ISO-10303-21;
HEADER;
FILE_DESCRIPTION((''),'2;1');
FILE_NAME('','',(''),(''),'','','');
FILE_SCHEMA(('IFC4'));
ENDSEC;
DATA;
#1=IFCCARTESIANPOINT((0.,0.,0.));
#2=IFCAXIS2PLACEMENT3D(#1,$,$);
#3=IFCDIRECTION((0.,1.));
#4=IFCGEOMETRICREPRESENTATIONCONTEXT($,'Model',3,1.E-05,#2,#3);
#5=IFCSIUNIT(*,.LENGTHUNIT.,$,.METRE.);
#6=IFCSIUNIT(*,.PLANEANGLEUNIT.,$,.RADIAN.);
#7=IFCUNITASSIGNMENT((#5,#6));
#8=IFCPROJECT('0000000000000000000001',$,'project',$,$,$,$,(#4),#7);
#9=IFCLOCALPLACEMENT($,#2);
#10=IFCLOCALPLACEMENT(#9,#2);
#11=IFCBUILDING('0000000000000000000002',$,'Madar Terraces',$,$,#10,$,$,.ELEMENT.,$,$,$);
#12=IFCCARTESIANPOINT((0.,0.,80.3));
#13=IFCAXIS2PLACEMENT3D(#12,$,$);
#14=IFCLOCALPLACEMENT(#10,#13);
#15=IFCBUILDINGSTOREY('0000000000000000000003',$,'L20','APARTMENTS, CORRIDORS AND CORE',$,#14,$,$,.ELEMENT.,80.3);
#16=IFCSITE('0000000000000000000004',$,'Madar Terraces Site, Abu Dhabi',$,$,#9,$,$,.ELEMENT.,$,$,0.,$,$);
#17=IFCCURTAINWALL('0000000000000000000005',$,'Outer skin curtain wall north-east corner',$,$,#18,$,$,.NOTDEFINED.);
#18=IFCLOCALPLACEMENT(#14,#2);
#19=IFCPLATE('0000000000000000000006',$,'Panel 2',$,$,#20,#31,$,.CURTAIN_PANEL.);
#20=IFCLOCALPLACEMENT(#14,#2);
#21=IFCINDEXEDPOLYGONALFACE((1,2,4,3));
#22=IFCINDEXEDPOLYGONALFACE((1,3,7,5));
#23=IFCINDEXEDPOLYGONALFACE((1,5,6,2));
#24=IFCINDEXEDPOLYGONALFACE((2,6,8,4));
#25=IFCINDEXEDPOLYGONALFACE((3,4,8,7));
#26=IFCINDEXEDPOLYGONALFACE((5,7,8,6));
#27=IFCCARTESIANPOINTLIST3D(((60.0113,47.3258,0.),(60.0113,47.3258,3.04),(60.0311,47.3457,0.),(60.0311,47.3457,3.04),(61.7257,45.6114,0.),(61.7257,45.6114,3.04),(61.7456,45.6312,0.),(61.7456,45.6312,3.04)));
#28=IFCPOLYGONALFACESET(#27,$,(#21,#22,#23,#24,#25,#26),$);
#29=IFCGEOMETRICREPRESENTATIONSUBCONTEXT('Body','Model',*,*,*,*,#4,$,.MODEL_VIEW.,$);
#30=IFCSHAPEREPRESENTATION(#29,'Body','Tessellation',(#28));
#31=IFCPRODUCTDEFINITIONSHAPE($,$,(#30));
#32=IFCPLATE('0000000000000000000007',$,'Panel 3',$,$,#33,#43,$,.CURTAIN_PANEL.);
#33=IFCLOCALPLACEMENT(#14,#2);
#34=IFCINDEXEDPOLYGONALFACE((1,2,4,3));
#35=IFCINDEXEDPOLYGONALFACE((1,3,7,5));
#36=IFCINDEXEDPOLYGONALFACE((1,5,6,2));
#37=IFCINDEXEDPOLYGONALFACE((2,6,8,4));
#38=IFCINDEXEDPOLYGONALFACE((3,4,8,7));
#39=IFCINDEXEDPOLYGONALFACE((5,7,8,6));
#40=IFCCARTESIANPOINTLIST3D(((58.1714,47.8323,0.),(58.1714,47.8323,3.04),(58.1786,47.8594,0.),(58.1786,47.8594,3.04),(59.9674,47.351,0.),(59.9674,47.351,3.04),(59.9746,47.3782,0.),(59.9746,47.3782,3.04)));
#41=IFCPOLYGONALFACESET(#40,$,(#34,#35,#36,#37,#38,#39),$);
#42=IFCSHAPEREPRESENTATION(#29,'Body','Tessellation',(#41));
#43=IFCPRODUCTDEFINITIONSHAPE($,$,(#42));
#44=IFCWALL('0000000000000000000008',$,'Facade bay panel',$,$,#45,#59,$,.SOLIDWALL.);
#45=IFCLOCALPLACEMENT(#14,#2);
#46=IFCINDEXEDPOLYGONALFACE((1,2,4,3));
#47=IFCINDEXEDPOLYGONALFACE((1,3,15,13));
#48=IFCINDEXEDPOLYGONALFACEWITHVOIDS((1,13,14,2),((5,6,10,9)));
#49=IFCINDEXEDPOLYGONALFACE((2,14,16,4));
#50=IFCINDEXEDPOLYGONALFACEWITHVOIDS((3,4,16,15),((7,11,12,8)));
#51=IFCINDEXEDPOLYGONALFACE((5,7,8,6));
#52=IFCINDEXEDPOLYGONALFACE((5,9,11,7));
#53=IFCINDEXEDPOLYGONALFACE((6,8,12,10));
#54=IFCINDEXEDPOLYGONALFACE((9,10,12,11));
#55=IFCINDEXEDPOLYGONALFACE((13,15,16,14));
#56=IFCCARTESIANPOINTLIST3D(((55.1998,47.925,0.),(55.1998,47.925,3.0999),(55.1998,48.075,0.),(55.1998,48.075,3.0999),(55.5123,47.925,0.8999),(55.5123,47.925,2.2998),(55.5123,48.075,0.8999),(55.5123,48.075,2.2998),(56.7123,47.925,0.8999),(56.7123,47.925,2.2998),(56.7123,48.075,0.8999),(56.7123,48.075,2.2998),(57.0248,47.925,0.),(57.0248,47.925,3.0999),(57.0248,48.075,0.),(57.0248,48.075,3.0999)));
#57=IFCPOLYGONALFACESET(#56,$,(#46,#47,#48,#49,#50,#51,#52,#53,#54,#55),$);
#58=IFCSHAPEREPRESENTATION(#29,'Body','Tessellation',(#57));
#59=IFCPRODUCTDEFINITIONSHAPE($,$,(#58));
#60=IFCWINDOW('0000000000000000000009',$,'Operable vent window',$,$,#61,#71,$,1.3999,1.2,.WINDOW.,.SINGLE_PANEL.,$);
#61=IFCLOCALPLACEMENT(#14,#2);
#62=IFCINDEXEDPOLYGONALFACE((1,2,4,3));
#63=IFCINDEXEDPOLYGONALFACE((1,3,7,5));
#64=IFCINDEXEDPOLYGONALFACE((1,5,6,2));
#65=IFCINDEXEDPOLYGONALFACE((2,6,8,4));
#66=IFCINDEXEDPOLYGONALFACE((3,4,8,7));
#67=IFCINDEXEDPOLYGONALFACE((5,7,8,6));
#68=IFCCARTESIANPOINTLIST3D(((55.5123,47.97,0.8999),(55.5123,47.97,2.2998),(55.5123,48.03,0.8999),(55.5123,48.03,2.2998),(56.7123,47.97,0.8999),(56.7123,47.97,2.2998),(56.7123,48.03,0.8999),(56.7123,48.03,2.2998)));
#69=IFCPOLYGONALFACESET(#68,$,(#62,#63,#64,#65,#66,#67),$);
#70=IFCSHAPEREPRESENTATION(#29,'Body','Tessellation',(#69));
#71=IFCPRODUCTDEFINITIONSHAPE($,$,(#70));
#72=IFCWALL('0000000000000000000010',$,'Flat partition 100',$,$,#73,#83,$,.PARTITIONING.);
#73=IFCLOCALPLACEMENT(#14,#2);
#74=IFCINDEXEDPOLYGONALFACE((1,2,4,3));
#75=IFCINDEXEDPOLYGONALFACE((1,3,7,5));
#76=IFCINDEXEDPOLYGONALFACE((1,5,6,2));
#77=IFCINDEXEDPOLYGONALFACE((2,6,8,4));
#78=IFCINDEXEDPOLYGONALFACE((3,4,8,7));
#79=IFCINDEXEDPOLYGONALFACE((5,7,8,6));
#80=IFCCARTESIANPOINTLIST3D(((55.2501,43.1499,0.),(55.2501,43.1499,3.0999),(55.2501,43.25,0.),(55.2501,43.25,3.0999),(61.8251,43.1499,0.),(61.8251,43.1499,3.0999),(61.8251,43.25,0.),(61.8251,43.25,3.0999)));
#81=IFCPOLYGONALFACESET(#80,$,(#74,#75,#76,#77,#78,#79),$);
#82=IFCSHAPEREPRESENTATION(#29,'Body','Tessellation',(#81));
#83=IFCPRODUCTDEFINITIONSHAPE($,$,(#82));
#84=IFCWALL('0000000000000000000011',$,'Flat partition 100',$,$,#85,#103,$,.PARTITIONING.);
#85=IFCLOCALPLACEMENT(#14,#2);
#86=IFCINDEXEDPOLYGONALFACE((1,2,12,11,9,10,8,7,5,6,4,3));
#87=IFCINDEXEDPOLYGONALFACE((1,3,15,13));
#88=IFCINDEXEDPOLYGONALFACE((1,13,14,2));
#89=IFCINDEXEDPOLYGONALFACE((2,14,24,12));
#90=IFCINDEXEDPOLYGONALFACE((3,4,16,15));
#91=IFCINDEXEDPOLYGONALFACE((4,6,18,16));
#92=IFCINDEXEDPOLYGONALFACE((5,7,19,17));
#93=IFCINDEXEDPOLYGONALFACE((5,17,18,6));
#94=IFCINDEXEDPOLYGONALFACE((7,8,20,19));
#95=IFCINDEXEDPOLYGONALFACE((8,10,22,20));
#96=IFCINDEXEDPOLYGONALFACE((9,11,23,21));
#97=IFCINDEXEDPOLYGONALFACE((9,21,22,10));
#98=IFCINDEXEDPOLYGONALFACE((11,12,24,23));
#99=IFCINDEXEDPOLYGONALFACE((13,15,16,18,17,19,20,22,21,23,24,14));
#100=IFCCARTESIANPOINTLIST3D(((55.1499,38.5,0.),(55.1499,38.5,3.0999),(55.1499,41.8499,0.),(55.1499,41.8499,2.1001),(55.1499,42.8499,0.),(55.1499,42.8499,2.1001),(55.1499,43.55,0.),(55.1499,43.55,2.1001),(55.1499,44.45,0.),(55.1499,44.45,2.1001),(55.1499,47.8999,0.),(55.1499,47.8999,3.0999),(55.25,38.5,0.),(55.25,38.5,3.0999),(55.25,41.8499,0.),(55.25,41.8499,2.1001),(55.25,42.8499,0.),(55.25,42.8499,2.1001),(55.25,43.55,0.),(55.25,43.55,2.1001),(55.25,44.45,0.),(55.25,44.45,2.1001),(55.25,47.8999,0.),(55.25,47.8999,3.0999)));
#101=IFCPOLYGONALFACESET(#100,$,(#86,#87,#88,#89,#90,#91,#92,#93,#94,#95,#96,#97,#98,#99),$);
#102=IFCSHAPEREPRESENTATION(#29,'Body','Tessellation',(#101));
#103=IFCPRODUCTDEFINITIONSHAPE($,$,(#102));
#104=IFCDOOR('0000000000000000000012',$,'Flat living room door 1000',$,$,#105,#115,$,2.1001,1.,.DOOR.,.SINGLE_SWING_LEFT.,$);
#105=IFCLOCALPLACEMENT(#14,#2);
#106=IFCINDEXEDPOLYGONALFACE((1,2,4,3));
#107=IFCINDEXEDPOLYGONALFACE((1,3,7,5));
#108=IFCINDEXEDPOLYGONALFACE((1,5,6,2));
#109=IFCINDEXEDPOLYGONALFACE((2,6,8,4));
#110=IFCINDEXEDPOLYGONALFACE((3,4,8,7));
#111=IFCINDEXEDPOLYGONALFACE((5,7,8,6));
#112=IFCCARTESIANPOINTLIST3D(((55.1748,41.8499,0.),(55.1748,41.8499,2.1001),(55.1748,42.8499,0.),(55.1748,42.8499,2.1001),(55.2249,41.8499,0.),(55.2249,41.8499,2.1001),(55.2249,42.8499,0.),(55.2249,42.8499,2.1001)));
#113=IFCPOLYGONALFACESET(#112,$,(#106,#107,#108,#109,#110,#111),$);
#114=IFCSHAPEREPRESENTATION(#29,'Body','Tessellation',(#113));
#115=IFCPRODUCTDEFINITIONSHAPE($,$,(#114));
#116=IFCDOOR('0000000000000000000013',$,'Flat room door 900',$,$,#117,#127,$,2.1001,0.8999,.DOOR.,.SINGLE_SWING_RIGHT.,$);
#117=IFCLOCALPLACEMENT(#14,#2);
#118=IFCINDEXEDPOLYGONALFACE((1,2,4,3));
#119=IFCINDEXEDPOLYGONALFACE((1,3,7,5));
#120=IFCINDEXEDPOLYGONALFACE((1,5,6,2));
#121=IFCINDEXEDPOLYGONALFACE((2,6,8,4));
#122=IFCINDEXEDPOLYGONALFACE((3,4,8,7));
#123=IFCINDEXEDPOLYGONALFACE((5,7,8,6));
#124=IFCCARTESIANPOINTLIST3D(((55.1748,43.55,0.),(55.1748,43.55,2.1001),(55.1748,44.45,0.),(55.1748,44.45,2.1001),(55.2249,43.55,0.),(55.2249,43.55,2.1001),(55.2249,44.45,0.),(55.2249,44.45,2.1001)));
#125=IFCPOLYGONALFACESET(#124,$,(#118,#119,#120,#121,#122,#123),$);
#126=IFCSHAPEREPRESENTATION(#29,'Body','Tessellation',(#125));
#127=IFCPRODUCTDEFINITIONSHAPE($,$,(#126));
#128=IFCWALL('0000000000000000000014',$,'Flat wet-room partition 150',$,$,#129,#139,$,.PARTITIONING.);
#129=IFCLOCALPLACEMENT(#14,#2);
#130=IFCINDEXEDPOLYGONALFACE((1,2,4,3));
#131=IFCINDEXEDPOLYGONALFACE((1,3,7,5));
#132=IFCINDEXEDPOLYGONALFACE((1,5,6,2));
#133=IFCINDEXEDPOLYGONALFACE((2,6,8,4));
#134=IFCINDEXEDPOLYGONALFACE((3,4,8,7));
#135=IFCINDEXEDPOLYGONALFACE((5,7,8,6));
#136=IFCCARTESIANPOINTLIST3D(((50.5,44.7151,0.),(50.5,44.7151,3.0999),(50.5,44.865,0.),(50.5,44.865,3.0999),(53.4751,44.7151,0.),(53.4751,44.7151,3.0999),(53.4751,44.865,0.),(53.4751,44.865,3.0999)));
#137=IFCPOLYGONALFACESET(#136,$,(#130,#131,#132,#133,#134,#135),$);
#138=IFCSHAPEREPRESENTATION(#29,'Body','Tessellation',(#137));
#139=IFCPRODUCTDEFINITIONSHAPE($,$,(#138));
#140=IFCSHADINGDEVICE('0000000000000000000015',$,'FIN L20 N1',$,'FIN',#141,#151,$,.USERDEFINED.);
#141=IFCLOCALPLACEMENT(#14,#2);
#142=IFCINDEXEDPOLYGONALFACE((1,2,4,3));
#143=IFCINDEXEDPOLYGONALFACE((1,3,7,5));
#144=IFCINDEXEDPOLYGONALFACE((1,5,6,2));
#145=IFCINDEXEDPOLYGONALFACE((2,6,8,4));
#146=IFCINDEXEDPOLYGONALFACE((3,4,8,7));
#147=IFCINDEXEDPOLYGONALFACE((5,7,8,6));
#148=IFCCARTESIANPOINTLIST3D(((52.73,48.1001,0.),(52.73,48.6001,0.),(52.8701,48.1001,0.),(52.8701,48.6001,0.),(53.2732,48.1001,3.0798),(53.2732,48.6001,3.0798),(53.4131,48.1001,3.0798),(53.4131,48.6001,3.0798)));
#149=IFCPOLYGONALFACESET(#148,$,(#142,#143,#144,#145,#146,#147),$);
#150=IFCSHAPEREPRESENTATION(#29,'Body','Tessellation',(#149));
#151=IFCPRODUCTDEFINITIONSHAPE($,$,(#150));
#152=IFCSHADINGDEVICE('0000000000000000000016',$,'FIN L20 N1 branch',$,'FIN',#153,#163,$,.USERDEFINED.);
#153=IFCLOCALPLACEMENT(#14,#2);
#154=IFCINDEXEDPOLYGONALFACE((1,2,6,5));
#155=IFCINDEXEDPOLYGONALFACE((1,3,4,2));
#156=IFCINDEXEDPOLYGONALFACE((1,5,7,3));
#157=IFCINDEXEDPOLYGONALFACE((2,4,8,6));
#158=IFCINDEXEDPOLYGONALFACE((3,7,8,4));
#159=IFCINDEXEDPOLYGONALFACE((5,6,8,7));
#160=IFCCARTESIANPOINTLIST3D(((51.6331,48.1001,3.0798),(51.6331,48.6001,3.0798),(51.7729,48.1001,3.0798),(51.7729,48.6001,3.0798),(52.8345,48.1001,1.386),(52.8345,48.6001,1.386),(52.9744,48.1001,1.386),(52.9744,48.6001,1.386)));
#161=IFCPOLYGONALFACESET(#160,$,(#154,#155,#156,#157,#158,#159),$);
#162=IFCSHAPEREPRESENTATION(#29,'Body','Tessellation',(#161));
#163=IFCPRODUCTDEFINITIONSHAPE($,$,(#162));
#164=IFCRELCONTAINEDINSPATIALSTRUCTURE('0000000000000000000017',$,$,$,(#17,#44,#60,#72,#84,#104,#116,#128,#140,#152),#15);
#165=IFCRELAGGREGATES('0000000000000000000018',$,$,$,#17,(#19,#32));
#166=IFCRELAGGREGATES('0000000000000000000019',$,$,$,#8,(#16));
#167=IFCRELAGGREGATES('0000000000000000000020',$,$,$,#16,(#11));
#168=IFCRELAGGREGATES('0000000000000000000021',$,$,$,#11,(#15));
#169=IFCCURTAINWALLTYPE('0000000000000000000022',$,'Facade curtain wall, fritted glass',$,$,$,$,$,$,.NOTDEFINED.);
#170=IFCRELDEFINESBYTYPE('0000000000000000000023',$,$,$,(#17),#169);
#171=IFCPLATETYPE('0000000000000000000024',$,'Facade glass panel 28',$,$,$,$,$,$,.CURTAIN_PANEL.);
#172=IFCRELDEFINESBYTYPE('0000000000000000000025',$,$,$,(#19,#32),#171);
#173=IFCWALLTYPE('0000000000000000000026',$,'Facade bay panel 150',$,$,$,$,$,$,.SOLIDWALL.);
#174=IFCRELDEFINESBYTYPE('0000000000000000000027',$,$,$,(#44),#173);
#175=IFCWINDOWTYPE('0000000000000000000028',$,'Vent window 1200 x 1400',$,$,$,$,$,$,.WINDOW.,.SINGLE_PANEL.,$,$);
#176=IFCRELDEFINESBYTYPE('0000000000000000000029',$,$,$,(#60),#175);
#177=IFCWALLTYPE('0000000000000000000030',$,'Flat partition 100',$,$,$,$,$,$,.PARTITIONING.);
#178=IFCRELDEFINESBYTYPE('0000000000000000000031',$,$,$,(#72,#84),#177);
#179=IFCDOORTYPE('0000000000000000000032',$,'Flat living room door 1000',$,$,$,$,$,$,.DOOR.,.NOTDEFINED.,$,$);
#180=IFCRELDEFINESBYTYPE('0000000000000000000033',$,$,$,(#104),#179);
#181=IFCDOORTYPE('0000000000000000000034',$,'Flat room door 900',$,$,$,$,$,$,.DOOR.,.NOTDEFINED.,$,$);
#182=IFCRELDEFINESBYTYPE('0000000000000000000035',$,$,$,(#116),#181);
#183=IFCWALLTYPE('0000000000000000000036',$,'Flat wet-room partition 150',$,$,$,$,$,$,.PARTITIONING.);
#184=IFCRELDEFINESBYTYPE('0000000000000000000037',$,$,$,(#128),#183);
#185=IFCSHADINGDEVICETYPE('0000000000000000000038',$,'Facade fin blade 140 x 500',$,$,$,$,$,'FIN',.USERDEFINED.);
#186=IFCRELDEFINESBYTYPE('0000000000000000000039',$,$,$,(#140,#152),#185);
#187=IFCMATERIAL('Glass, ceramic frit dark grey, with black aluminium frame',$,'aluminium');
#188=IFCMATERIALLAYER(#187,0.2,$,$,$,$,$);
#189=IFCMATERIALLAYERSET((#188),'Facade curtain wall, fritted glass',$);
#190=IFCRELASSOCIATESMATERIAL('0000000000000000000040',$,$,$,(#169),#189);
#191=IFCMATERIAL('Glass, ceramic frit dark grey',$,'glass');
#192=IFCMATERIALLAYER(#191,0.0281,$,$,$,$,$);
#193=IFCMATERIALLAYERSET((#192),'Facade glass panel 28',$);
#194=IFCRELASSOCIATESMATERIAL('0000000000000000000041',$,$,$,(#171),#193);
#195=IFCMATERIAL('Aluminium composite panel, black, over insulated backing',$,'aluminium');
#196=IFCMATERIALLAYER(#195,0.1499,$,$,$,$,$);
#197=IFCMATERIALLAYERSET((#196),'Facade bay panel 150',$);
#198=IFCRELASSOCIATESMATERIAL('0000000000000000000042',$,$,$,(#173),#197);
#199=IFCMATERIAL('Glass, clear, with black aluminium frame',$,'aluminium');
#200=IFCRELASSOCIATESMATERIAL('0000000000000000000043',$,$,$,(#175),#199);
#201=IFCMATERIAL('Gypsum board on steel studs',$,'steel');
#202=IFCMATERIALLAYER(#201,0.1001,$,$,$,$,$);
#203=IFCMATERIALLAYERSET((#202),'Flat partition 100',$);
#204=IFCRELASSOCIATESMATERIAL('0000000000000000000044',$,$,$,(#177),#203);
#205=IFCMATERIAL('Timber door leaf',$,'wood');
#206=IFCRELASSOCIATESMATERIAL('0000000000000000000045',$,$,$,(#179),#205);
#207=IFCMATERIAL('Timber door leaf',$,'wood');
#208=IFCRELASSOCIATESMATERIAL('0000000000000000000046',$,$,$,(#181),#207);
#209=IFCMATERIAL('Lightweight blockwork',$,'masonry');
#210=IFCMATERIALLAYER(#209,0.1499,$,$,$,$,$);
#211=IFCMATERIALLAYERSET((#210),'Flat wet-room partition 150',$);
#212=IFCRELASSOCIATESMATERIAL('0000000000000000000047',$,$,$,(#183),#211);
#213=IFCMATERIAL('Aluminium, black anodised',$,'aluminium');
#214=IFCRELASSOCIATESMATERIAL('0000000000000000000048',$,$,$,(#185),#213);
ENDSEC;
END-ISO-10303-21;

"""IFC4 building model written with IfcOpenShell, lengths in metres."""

from ifc_helpers import new_model, si_unit, direction, frame, frame_2d, origin, origin_2d, place, context, subcontext, project, spatial, polyline, rectangle, outline, extrude, material, layer, layer_set, type_object, element, fill, aggregate, save


model = new_model("IFC4")

# Units and contexts
model_context = context("Model", 3, precision=1e-05, world=origin(), true_north=direction((0.0, 1.0)))
body_context = subcontext(model_context, "Body", "Model", "MODEL_VIEW")
ifc_project = project(units=[si_unit("LENGTHUNIT", "METRE"), si_unit("PLANEANGLEUNIT", "RADIAN")], contexts=[model_context])

# Site, building, storey
site_placement = place(None, origin())
site = spatial("IfcSite", under=ifc_project, at=site_placement, Name="Madar Terraces Site, Abu Dhabi", CompositionType="ELEMENT", RefElevation=0.0)
building_placement = place(site_placement, origin())
building = spatial("IfcBuilding", under=site, at=building_placement, Name="Madar Terraces", CompositionType="ELEMENT")
storey_placement = place(building_placement, frame((0.0, 0.0, 80.3)))
storey = spatial("IfcBuildingStorey", under=building, at=storey_placement, Name="L20", Description="APARTMENTS, CORRIDORS AND CORE", CompositionType="ELEMENT", Elevation=80.3)

# Shared definitions
ifc_material_1 = material(Name="Glass, ceramic frit dark grey, with black aluminium frame", Category="aluminium")
ifc_layer_1 = layer(ifc_material_1, 0.2)
ifc_layer_set_1 = layer_set([ifc_layer_1], Name="Facade curtain wall, fritted glass")
curtain_wall_type = type_object("IfcCurtainWallType", Name="Facade curtain wall, fritted glass", PredefinedType="NOTDEFINED", material=ifc_layer_set_1)

# Curtain wall
curtain_wall_1_placement = place(storey_placement, origin())
curtain_wall_1 = element("IfcCurtainWall", 1, at=curtain_wall_1_placement, inside=storey, type_object=curtain_wall_type, Name="Outer skin curtain wall north-east corner", PredefinedType="NOTDEFINED")

# Plates
ifc_material_2 = material(Name="Glass, ceramic frit dark grey", Category="glass")
ifc_layer_2 = layer(ifc_material_2, 0.0281)
ifc_layer_set_2 = layer_set([ifc_layer_2], Name="Facade glass panel 28")
plate_type = type_object("IfcPlateType", Name="Facade glass panel 28", PredefinedType="CURTAIN_PANEL", material=ifc_layer_set_2)
plate_1_placement = place(storey_placement, frame((60.8784, 46.4785, 0.0), z_axis=(0.0, 0.0, 1.0), x_axis=(-0.707107, 0.707107, 0.0)))
plate_1 = element("IfcPlate", 2, at=plate_1_placement, type_object=plate_type, Name="Panel 2", PredefinedType="CURTAIN_PANEL", context=body_context, shape_type="SweptSolid", body=[
    extrude(rectangle(XDim=2.4246, YDim=0.0281, at=origin_2d()), origin(), (0.0, 0.0, 1.0), 3.04),
])
plate_2_placement = place(storey_placement, frame((59.073, 47.6052, 0.0), z_axis=(0.0, 0.0, 1.0), x_axis=(-0.965926, 0.258819, 0.0)))
plate_2 = element("IfcPlate", 3, at=plate_2_placement, type_object=plate_type, Name="Panel 3", PredefinedType="CURTAIN_PANEL", context=body_context, shape_type="SweptSolid", body=[
    extrude(rectangle(XDim=1.8594, YDim=0.0281, at=origin_2d()), origin(), (0.0, 0.0, 1.0), 3.04),
])
aggregate(curtain_wall_1, [plate_1, plate_2])

# Wall, opening, window
ifc_material_3 = material(Name="Aluminium composite panel, black, over insulated backing", Category="aluminium")
ifc_layer_3 = layer(ifc_material_3, 0.1499)
ifc_layer_set_3 = layer_set([ifc_layer_3], Name="Facade bay panel 150")
wall_type_1 = type_object("IfcWallType", Name="Facade bay panel 150", PredefinedType="SOLIDWALL", material=ifc_layer_set_3)
wall_1_placement = place(storey_placement, frame((57.0249, 48.0, 0.0), z_axis=(0.0, 0.0, 1.0), x_axis=(-1.0, 0.0, 0.0)))
wall_1 = element("IfcWall", 4, at=wall_1_placement, inside=storey, type_object=wall_type_1, Name="Facade bay panel", PredefinedType="SOLIDWALL", context=body_context, shape_type="SweptSolid", body=[
    extrude(rectangle(XDim=1.825, YDim=0.1499, at=frame_2d((0.9126, 0.0))), origin(), (0.0, 0.0, 1.0), 3.0999),
])
opening_1_placement = place(wall_1_placement, frame((0.3125, 0.0, 0.8999)))
opening_1 = element("IfcOpeningElement", 5, at=opening_1_placement, cuts=wall_1, PredefinedType="OPENING", context=body_context, shape_type="SweptSolid", body=[
    extrude(rectangle(XDim=1.2, YDim=1.3999, at=frame_2d((0.6001, 0.7))), frame((0.0, 0.085, 0.0), z_axis=(0.0, -1.0, 0.0), x_axis=(1.0, 0.0, 0.0)), (0.0, 0.0, 1.0), 0.1699),
])
ifc_material_4 = material(Name="Glass, clear, with black aluminium frame", Category="aluminium")
window_type = type_object("IfcWindowType", Name="Vent window 1200 x 1400", PartitioningType="SINGLE_PANEL", PredefinedType="WINDOW", material=ifc_material_4)
window_placement = place(opening_1_placement, origin())
window = element("IfcWindow", 6, at=window_placement, inside=storey, type_object=window_type, Name="Operable vent window", OverallHeight=1.3999, OverallWidth=1.2, PartitioningType="SINGLE_PANEL", PredefinedType="WINDOW", context=body_context, shape_type="SweptSolid", body=[
    extrude(rectangle(XDim=1.2, YDim=1.3999, at=frame_2d((0.6001, 0.7))), frame((0.0, 0.03, 0.0), z_axis=(0.0, -1.0, 0.0), x_axis=(1.0, 0.0, 0.0)), (0.0, 0.0, 1.0), 0.0601),
])
fill(opening_1, window)

# Wall
ifc_material_5 = material(Name="Gypsum board on steel studs", Category="steel")
ifc_layer_4 = layer(ifc_material_5, 0.1001)
ifc_layer_set_4 = layer_set([ifc_layer_4], Name="Flat partition 100")
wall_type_2 = type_object("IfcWallType", Name="Flat partition 100", PredefinedType="PARTITIONING", material=ifc_layer_set_4)
wall_2_placement = place(storey_placement, frame((55.25, 43.2, 0.0), z_axis=(0.0, 0.0, 1.0), x_axis=(1.0, 0.0, 0.0)))
element("IfcWall", 7, at=wall_2_placement, inside=storey, type_object=wall_type_2, Name="Flat partition 100", PredefinedType="PARTITIONING", context=body_context, shape_type="SweptSolid", body=[
    extrude(rectangle(XDim=6.575, YDim=0.1001, at=frame_2d((3.2876, 0.0))), origin(), (0.0, 0.0, 1.0), 3.0999),
])

# Wall, openings, doors
wall_3_placement = place(storey_placement, frame((55.2, 47.8999, 0.0), z_axis=(0.0, 0.0, 1.0), x_axis=(0.0, -1.0, 0.0)))
wall_3 = element("IfcWall", 8, at=wall_3_placement, inside=storey, type_object=wall_type_2, Name="Flat partition 100", PredefinedType="PARTITIONING", context=body_context, shape_type="SweptSolid", body=[
    extrude(rectangle(XDim=9.3999, YDim=0.1001, at=frame_2d((4.7, 0.0))), origin(), (0.0, 0.0, 1.0), 3.0999),
])
opening_2_placement = place(wall_3_placement, frame((5.05, 0.0, 0.0)))
opening_2 = element("IfcOpeningElement", 9, at=opening_2_placement, cuts=wall_3, PredefinedType="OPENING", context=body_context, shape_type="SweptSolid", body=[
    extrude(rectangle(XDim=1.0, YDim=2.1001, at=frame_2d((0.5, 1.05))), frame((0.0, 0.0601, 0.0), z_axis=(0.0, -1.0, 0.0), x_axis=(1.0, 0.0, 0.0)), (0.0, 0.0, 1.0), 0.1201),
])
opening_3_placement = place(wall_3_placement, frame((3.45, 0.0, 0.0)))
opening_3 = element("IfcOpeningElement", 10, at=opening_3_placement, cuts=wall_3, PredefinedType="OPENING", context=body_context, shape_type="SweptSolid", body=[
    extrude(rectangle(XDim=0.8999, YDim=2.1001, at=frame_2d((0.45, 1.05))), frame((0.0, 0.0601, 0.0), z_axis=(0.0, -1.0, 0.0), x_axis=(1.0, 0.0, 0.0)), (0.0, 0.0, 1.0), 0.1201),
])
ifc_material_6 = material(Name="Timber door leaf", Category="wood")
door_type_1 = type_object("IfcDoorType", Name="Flat living room door 1000", OperationType="NOTDEFINED", PredefinedType="DOOR", material=ifc_material_6)
door_1_placement = place(opening_2_placement, origin())
door_1 = element("IfcDoor", 11, at=door_1_placement, inside=storey, type_object=door_type_1, Name="Flat living room door 1000", OperationType="SINGLE_SWING_LEFT", OverallHeight=2.1001, OverallWidth=1.0, PredefinedType="DOOR", context=body_context, shape_type="SweptSolid", body=[
    extrude(rectangle(XDim=1.0, YDim=2.1001, at=frame_2d((0.5, 1.05))), frame((0.0, 0.0249, 0.0), z_axis=(0.0, -1.0, 0.0), x_axis=(1.0, 0.0, 0.0)), (0.0, 0.0, 1.0), 0.05),
])
fill(opening_2, door_1)
ifc_material_7 = material(Name="Timber door leaf", Category="wood")
door_type_2 = type_object("IfcDoorType", Name="Flat room door 900", OperationType="NOTDEFINED", PredefinedType="DOOR", material=ifc_material_7)
door_2_placement = place(opening_3_placement, origin())
door_2 = element("IfcDoor", 12, at=door_2_placement, inside=storey, type_object=door_type_2, Name="Flat room door 900", OperationType="SINGLE_SWING_RIGHT", OverallHeight=2.1001, OverallWidth=0.8999, PredefinedType="DOOR", context=body_context, shape_type="SweptSolid", body=[
    extrude(rectangle(XDim=0.8999, YDim=2.1001, at=frame_2d((0.45, 1.05))), frame((0.0, 0.0249, 0.0), z_axis=(0.0, -1.0, 0.0), x_axis=(1.0, 0.0, 0.0)), (0.0, 0.0, 1.0), 0.05),
])
fill(opening_3, door_2)

# Wall
ifc_material_8 = material(Name="Lightweight blockwork", Category="masonry")
ifc_layer_5 = layer(ifc_material_8, 0.1499)
ifc_layer_set_5 = layer_set([ifc_layer_5], Name="Flat wet-room partition 150")
wall_type_3 = type_object("IfcWallType", Name="Flat wet-room partition 150", PredefinedType="PARTITIONING", material=ifc_layer_set_5)
wall_4_placement = place(storey_placement, frame((50.5, 44.79, 0.0), z_axis=(0.0, 0.0, 1.0), x_axis=(1.0, 0.0, 0.0)))
element("IfcWall", 13, at=wall_4_placement, inside=storey, type_object=wall_type_3, Name="Flat wet-room partition 150", PredefinedType="PARTITIONING", context=body_context, shape_type="SweptSolid", body=[
    extrude(rectangle(XDim=2.9751, YDim=0.1499, at=frame_2d((1.4875, 0.0))), origin(), (0.0, 0.0, 1.0), 3.0999),
])

# Shading devices
ifc_material_9 = material(Name="Aluminium, black anodised", Category="aluminium")
shading_device_type = type_object("IfcShadingDeviceType", Name="Facade fin blade 140 x 500", ElementType="FIN", PredefinedType="USERDEFINED", material=ifc_material_9)
shading_device_1_placement = place(storey_placement, frame((52.8701, 48.3501, 0.0), z_axis=(0.0, 0.0, 1.0), x_axis=(-1.0, 0.0, 0.0)))
element("IfcShadingDevice", 14, at=shading_device_1_placement, inside=storey, type_object=shading_device_type, Name="FIN L20 N1", ObjectType="FIN", PredefinedType="USERDEFINED", context=body_context, shape_type="SweptSolid", body=[
    extrude(outline(polyline([(0.0, 0.0), (0.1401, 0.0), (-0.4031, 3.0798), (-0.543, 3.0798), (0.0, 0.0)])), frame((0.0, 0.25, 0.0), z_axis=(0.0, -1.0, 0.0), x_axis=(1.0, 0.0, 0.0)), (0.0, 0.0, 1.0), 0.5),
])
shading_device_2_placement = place(storey_placement, frame((52.9744, 48.3501, 1.386), z_axis=(0.0, 0.0, 1.0), x_axis=(-1.0, 0.0, 0.0)))
element("IfcShadingDevice", 15, at=shading_device_2_placement, inside=storey, type_object=shading_device_type, Name="FIN L20 N1 branch", ObjectType="FIN", PredefinedType="USERDEFINED", context=body_context, shape_type="SweptSolid", body=[
    extrude(outline(polyline([(0.0, 0.0), (0.1399, 0.0), (1.3413, 1.6938), (1.2014, 1.6938), (0.0, 0.0)])), frame((0.0, 0.25, 0.0), z_axis=(0.0, -1.0, 0.0), x_axis=(1.0, 0.0, 0.0)), (0.0, 0.0, 1.0), 0.5),
])

save(model, "model.ifc")
